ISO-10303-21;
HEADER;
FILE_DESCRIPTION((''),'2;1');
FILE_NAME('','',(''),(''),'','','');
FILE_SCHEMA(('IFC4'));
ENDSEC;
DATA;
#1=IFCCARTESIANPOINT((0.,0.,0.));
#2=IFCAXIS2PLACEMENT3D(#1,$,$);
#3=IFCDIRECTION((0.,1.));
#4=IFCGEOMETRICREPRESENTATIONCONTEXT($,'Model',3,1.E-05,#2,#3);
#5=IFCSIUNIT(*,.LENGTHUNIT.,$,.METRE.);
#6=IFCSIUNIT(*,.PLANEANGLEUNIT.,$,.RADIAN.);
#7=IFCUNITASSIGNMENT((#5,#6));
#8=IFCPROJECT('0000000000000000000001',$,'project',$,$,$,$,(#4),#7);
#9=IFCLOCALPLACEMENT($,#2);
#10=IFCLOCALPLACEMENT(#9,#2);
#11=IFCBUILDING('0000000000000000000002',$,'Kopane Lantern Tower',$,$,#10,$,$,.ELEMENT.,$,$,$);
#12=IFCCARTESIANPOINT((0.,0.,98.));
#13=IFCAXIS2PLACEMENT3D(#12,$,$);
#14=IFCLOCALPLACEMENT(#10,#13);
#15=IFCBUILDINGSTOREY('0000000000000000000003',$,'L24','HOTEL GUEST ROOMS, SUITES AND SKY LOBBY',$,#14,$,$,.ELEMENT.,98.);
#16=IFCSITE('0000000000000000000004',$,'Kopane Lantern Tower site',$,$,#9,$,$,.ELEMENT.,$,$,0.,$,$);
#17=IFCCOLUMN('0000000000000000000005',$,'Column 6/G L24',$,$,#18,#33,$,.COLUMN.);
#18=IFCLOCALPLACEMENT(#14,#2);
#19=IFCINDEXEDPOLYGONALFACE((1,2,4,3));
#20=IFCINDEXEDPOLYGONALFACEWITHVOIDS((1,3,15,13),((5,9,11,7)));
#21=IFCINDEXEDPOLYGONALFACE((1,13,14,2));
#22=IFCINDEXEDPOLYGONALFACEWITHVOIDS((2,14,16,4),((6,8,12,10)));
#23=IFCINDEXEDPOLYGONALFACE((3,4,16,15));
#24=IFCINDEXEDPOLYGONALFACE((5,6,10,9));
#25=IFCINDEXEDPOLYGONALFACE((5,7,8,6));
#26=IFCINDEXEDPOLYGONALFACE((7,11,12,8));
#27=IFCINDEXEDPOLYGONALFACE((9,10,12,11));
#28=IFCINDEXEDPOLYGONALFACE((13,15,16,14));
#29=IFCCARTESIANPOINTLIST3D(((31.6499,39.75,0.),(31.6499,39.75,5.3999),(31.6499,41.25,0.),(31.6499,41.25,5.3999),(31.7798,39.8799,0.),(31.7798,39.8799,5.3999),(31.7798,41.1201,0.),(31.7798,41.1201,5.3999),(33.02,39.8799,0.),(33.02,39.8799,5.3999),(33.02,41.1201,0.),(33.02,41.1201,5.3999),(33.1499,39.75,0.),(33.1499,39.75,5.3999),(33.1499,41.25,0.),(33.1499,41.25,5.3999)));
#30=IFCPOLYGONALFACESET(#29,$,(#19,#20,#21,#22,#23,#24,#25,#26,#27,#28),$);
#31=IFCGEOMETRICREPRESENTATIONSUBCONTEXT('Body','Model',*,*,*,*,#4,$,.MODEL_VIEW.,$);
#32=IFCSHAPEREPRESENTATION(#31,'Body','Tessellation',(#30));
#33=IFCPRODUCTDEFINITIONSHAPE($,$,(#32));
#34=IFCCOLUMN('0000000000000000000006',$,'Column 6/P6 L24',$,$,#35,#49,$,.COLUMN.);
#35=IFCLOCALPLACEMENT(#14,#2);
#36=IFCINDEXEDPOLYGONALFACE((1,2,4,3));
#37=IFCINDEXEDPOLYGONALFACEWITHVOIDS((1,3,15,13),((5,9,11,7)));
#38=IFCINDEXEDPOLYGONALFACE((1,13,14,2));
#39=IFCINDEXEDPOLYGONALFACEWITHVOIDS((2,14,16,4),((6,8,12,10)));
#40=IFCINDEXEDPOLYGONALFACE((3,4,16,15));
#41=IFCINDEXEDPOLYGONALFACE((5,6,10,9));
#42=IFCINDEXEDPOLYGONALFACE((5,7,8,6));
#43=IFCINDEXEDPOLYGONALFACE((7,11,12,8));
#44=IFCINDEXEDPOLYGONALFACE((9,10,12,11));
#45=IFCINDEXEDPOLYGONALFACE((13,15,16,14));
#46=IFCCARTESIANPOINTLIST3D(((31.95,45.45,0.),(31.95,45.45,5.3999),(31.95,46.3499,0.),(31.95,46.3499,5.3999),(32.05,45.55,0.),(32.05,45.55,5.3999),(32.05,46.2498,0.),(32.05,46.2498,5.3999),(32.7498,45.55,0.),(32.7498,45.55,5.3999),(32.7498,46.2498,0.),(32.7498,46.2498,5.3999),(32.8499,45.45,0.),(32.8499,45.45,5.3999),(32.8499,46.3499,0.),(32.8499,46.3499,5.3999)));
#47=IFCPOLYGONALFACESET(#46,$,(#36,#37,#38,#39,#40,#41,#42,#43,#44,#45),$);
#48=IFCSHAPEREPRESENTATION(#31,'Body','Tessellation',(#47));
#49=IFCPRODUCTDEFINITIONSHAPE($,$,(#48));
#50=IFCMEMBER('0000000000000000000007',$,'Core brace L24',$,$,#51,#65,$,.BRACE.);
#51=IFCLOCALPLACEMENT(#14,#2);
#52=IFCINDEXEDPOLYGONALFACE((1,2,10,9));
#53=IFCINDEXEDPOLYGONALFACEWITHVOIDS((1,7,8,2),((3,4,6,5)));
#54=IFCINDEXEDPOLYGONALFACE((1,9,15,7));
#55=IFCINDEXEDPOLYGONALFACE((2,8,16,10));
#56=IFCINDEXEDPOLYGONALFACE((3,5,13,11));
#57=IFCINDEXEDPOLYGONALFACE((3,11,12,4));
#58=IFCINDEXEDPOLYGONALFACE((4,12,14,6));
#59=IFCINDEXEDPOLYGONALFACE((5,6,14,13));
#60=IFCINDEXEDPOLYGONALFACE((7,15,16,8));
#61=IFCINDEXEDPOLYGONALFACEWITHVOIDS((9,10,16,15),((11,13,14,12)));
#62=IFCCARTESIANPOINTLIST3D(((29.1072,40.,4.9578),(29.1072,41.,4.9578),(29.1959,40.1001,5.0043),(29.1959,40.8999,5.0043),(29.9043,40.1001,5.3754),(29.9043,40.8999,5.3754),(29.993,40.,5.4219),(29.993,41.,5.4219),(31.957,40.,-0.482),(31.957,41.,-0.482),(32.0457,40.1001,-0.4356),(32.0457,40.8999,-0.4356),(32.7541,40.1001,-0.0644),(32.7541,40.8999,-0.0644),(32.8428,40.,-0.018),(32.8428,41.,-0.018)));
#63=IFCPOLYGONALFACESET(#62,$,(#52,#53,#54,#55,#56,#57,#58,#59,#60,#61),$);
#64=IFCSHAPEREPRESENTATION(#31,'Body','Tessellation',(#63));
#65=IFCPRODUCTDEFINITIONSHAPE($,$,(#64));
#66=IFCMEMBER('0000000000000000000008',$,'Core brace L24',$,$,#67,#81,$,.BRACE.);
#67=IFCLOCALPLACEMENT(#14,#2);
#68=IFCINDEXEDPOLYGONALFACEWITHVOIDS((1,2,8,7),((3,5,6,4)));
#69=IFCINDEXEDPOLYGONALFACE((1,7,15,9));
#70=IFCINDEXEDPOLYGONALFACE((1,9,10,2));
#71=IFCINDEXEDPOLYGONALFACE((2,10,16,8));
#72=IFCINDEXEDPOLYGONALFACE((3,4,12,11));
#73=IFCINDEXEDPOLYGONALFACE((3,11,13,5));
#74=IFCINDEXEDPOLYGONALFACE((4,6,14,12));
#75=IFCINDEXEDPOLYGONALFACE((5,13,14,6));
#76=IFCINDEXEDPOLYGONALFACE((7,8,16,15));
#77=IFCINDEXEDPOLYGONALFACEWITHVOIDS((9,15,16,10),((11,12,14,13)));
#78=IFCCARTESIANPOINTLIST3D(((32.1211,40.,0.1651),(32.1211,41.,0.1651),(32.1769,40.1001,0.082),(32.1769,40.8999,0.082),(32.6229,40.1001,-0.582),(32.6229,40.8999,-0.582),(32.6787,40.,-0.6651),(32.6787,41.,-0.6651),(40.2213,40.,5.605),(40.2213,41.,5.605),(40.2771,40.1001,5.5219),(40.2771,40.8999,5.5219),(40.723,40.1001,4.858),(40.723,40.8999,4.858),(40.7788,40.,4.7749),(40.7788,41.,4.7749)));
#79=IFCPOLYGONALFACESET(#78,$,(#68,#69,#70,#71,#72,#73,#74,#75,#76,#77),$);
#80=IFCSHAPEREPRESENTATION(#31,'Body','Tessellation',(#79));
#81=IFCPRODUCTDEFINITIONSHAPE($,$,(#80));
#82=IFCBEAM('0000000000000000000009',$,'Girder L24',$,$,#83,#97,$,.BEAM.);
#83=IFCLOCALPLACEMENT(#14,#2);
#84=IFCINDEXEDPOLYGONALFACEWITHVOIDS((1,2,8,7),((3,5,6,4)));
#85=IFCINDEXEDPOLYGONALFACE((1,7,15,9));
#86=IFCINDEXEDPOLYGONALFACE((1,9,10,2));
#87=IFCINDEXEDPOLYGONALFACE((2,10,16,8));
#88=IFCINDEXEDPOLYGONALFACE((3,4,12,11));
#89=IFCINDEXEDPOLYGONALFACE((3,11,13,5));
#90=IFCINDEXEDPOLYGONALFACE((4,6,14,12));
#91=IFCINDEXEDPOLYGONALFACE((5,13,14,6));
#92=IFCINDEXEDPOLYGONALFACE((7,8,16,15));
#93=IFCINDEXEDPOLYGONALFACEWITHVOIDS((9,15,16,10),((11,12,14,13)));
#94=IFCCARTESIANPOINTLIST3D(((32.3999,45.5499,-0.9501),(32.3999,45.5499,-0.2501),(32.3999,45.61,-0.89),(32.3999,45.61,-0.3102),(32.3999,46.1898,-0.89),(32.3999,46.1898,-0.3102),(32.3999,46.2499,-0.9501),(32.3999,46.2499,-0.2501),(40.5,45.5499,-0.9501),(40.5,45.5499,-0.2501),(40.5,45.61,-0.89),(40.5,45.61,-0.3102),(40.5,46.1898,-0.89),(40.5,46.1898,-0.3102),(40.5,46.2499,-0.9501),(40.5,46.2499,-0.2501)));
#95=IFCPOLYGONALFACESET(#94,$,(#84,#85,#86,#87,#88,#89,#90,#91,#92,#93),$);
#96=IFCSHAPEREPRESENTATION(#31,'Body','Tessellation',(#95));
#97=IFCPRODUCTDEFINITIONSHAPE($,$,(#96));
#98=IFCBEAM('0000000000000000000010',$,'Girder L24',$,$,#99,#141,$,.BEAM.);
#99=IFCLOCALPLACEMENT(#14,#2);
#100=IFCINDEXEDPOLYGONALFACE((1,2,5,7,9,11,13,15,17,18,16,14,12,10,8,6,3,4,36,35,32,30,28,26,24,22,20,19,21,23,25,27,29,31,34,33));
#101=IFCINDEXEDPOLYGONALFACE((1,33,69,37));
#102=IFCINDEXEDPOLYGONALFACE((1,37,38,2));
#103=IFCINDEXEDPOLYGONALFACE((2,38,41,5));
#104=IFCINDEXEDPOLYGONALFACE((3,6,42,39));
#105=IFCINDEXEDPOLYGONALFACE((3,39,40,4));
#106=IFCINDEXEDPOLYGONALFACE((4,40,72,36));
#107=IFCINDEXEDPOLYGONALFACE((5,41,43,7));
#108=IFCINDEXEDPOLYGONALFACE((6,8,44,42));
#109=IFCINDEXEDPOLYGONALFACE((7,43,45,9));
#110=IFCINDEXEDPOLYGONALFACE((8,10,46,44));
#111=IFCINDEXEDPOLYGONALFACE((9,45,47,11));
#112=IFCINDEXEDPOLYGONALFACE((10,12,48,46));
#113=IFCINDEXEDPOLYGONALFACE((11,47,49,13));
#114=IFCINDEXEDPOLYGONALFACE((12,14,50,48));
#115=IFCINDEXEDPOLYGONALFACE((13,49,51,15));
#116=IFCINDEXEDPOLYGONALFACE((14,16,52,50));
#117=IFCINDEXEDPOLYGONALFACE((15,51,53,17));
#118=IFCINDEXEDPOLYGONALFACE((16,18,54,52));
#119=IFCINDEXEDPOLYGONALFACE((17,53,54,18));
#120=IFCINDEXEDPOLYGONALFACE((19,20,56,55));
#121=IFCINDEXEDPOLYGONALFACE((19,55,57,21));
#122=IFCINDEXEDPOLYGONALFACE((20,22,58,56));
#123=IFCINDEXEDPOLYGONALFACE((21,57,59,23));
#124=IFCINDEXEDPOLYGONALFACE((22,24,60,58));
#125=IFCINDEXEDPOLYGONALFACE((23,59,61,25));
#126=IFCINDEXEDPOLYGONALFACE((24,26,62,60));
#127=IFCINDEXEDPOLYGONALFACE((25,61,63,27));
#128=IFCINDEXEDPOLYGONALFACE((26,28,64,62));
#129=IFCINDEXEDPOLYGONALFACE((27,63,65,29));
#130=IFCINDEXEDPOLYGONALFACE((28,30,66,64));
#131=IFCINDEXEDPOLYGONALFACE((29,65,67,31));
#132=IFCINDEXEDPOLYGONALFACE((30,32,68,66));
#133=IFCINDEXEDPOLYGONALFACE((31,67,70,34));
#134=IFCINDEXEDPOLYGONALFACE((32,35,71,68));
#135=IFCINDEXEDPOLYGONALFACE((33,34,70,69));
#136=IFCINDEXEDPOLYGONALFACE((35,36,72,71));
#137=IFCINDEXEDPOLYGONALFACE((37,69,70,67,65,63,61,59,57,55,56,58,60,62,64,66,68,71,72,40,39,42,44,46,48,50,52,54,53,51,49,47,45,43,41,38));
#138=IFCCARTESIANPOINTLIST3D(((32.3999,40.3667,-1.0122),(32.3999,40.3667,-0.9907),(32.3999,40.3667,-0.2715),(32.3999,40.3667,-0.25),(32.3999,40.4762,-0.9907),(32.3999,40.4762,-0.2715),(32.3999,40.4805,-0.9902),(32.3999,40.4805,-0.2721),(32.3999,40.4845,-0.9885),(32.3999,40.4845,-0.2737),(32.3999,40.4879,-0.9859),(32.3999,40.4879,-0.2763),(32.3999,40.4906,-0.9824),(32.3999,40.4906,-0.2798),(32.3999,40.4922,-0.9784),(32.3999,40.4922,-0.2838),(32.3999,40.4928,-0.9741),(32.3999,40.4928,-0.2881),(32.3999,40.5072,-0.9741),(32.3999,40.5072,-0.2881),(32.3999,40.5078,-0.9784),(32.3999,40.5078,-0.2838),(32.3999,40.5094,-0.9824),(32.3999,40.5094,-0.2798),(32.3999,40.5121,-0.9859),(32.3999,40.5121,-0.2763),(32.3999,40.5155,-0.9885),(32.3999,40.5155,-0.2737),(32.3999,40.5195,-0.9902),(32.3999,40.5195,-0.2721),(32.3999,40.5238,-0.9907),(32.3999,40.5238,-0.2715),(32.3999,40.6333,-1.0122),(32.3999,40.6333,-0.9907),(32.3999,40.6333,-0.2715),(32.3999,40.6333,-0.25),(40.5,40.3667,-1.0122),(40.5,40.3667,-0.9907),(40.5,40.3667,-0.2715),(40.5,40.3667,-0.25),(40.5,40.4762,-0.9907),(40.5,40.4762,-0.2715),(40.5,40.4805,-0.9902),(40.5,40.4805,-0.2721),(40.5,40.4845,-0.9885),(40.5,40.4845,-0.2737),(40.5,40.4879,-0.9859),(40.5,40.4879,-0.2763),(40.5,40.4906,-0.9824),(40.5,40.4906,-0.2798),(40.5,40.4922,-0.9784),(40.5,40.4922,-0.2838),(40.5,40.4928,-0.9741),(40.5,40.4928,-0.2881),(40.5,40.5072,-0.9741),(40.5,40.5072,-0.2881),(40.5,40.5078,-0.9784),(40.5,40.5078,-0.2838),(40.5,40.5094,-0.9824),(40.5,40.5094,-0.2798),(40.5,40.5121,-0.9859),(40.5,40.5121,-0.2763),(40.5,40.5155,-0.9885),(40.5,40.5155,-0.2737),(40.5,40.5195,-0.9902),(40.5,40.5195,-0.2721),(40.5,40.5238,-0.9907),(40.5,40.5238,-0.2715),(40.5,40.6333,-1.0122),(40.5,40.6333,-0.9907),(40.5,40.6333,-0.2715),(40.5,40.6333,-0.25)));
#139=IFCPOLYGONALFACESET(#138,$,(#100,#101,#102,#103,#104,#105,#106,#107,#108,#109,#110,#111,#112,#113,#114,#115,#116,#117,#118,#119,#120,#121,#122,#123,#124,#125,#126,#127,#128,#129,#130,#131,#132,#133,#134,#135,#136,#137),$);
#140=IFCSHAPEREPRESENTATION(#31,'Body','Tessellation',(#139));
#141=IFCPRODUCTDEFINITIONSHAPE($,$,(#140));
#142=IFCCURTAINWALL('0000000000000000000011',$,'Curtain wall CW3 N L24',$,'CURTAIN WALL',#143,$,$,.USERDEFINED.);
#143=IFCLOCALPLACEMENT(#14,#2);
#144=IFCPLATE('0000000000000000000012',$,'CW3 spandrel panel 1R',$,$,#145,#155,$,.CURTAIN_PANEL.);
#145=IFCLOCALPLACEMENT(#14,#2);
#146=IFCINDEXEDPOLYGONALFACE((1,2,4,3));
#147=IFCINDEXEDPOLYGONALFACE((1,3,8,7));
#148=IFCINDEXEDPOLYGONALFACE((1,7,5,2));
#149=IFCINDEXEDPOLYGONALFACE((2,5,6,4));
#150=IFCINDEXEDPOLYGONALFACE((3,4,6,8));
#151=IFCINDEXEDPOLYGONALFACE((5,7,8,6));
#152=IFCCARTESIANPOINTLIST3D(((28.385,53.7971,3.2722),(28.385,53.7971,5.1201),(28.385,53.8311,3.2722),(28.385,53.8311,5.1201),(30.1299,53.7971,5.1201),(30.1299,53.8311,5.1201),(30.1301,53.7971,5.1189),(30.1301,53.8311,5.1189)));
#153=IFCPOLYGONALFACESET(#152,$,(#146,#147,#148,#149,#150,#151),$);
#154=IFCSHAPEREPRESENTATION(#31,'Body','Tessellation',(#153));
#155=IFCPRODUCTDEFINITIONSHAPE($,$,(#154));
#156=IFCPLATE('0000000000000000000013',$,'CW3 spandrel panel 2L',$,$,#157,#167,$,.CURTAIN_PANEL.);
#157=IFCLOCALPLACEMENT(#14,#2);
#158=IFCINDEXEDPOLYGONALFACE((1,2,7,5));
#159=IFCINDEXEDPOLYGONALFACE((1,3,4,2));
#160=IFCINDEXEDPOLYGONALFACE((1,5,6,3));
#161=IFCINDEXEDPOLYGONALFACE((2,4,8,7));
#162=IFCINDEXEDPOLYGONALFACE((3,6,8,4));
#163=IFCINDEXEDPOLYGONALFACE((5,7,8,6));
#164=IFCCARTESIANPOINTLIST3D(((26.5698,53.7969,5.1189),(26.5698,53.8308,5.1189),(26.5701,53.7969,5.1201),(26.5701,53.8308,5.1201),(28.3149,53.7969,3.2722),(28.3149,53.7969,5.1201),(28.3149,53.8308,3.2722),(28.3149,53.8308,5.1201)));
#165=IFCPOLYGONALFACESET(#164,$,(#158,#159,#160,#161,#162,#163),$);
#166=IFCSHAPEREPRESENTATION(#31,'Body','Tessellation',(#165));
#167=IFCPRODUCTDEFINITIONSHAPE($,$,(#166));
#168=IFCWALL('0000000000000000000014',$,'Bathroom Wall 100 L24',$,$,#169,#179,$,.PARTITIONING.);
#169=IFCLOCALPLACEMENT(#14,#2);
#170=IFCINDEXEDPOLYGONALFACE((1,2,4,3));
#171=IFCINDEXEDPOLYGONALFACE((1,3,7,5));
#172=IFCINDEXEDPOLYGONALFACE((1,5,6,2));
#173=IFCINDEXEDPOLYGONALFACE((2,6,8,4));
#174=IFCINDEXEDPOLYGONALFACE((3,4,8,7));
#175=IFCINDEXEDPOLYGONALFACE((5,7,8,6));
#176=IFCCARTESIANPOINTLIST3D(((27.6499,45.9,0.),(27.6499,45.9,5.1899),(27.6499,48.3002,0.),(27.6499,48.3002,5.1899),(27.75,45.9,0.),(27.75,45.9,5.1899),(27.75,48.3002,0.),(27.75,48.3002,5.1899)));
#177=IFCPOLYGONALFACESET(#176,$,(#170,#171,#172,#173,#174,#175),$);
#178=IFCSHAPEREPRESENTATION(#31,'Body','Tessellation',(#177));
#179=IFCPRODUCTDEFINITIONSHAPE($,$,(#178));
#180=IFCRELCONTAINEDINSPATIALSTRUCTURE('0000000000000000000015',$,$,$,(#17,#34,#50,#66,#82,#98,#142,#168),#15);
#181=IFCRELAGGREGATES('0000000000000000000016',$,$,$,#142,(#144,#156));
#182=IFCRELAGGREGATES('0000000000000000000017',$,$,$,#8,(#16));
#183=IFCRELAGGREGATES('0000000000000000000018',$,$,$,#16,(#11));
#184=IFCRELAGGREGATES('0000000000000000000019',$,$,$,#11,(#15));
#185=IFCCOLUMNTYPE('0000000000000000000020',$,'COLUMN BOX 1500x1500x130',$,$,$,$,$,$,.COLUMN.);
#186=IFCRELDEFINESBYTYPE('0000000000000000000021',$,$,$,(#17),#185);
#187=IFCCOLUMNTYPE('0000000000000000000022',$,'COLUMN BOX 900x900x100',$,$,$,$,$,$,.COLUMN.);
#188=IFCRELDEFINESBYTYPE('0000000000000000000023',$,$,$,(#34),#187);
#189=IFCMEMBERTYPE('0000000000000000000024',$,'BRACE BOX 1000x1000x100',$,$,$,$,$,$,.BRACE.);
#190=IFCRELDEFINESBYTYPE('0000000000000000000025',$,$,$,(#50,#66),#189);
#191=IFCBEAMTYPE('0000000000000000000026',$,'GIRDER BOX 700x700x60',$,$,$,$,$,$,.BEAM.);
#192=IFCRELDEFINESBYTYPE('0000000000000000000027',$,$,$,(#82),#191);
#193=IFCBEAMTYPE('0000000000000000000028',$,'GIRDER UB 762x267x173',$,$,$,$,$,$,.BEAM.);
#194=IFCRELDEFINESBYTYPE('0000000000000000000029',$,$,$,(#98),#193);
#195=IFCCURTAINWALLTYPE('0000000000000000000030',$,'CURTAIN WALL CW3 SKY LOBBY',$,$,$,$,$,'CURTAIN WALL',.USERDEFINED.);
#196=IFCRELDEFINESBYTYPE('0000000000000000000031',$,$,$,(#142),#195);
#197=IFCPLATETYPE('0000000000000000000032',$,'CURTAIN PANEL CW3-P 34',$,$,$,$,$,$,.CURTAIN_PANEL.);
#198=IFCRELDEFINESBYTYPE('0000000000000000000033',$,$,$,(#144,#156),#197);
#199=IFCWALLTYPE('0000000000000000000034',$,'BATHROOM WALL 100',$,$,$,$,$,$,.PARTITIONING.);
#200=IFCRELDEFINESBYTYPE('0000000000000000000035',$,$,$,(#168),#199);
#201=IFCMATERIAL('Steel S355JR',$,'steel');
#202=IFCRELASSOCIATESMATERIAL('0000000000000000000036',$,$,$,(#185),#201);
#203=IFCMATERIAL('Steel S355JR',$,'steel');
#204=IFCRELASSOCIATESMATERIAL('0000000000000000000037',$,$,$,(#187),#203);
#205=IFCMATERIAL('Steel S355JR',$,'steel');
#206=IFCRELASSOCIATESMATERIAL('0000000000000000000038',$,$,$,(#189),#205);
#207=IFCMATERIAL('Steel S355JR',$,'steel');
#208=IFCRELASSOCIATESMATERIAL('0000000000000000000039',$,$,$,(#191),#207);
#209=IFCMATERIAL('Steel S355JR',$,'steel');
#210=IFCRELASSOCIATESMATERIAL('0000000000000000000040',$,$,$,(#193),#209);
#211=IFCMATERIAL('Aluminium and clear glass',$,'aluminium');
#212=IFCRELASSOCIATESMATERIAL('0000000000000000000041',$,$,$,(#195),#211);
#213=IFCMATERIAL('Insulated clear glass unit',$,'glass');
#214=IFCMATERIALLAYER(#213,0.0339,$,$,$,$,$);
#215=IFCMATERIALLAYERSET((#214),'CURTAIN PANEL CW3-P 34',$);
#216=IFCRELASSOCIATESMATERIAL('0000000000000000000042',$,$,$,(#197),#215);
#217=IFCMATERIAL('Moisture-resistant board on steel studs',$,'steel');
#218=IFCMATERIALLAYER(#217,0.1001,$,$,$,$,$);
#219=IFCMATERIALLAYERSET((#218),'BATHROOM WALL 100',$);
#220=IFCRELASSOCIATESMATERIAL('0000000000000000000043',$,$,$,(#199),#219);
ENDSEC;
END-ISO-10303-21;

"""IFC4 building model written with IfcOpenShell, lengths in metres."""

from ifc_helpers import new_model, si_unit, direction, frame, frame_2d, origin, origin_2d, place, context, subcontext, project, spatial, polyline, rectangle, hollow_rectangle, i_section, outline, extrude, material, layer, layer_set, material_profile, profile_set, type_object, element, aggregate, save


model = new_model("IFC4")

# Units and contexts
model_context = context("Model", 3, precision=1e-05, world=origin(), true_north=direction((0.0, 1.0)))
body_context = subcontext(model_context, "Body", "Model", "MODEL_VIEW")
ifc_project = project(units=[si_unit("LENGTHUNIT", "METRE"), si_unit("PLANEANGLEUNIT", "RADIAN")], contexts=[model_context])

# Site, building, storey
site_placement = place(None, origin())
site = spatial("IfcSite", under=ifc_project, at=site_placement, Name="Kopane Lantern Tower site", CompositionType="ELEMENT", RefElevation=0.0)
building_placement = place(site_placement, origin())
building = spatial("IfcBuilding", under=site, at=building_placement, Name="Kopane Lantern Tower", CompositionType="ELEMENT")
storey_placement = place(building_placement, frame((0.0, 0.0, 98.0)))
storey = spatial("IfcBuildingStorey", under=building, at=storey_placement, Name="L24", Description="HOTEL GUEST ROOMS, SUITES AND SKY LOBBY", CompositionType="ELEMENT", Elevation=98.0)

# Columns
ifc_material_1 = material(Name="Steel S355JR", Category="steel")
ifc_material_profile_1 = material_profile(ifc_material_1, hollow_rectangle(XDim=1.5, YDim=1.5, WallThickness=0.1299, at=origin_2d()), Name="BOX 1500x1500x130")
ifc_profile_set_1 = profile_set([ifc_material_profile_1], Name="Steel S355JR")
column_type_1 = type_object("IfcColumnType", Name="COLUMN BOX 1500x1500x130", PredefinedType="COLUMN", material=ifc_profile_set_1)
column_1_placement = place(storey_placement, frame((32.3999, 40.5, 0.0), z_axis=(0.0, 0.0, 1.0), x_axis=(1.0, 0.0, 0.0)))
element("IfcColumn", 1, at=column_1_placement, inside=storey, type_object=column_type_1, Name="Column 6/G L24", PredefinedType="COLUMN", context=body_context, shape_type="SweptSolid", body=[
    extrude(hollow_rectangle(XDim=1.5, YDim=1.5, WallThickness=0.1299, at=origin_2d()), origin(), (0.0, 0.0, 1.0), 5.3999),
])
ifc_material_2 = material(Name="Steel S355JR", Category="steel")
ifc_material_profile_2 = material_profile(ifc_material_2, hollow_rectangle(XDim=0.8999, YDim=0.8999, WallThickness=0.1001, at=origin_2d()), Name="BOX 900x900x100")
ifc_profile_set_2 = profile_set([ifc_material_profile_2], Name="Steel S355JR")
column_type_2 = type_object("IfcColumnType", Name="COLUMN BOX 900x900x100", PredefinedType="COLUMN", material=ifc_profile_set_2)
column_2_placement = place(storey_placement, frame((32.3999, 45.8999, 0.0), z_axis=(0.0, 0.0, 1.0), x_axis=(1.0, 0.0, 0.0)))
element("IfcColumn", 2, at=column_2_placement, inside=storey, type_object=column_type_2, Name="Column 6/P6 L24", PredefinedType="COLUMN", context=body_context, shape_type="SweptSolid", body=[
    extrude(hollow_rectangle(XDim=0.8999, YDim=0.8999, WallThickness=0.1001, at=origin_2d()), origin(), (0.0, 0.0, 1.0), 5.3999),
])

# Members
ifc_material_3 = material(Name="Steel S355JR", Category="steel")
ifc_material_profile_3 = material_profile(ifc_material_3, hollow_rectangle(XDim=1.0, YDim=1.0, WallThickness=0.1001, at=origin_2d()), Name="BOX 1000x1000x100")
ifc_profile_set_3 = profile_set([ifc_material_profile_3], Name="Steel S355JR")
member_type = type_object("IfcMemberType", Name="BRACE BOX 1000x1000x100", PredefinedType="BRACE", material=ifc_profile_set_3)
member_1_placement = place(storey_placement, frame((32.3999, 40.5, -0.25), z_axis=(-0.464053, 0.0, 0.885807), x_axis=(0.0, -1.0, 0.0)))
element("IfcMember", 3, at=member_1_placement, inside=storey, type_object=member_type, Name="Core brace L24", PredefinedType="BRACE", context=body_context, shape_type="SweptSolid", body=[
    extrude(hollow_rectangle(XDim=1.0, YDim=1.0, WallThickness=0.1001, at=origin_2d()), origin(), (0.0, 0.0, 1.0), 6.1411),
])
member_2_placement = place(storey_placement, frame((32.3999, 40.5, -0.25), z_axis=(0.830159, 0.0, 0.557526), x_axis=(0.0, 1.0, 0.0)))
element("IfcMember", 4, at=member_2_placement, inside=storey, type_object=member_type, Name="Core brace L24", PredefinedType="BRACE", context=body_context, shape_type="SweptSolid", body=[
    extrude(hollow_rectangle(XDim=1.0, YDim=1.0, WallThickness=0.1001, at=origin_2d()), origin(), (0.0, 0.0, 1.0), 9.7573),
])

# Beams
ifc_material_4 = material(Name="Steel S355JR", Category="steel")
ifc_material_profile_4 = material_profile(ifc_material_4, hollow_rectangle(XDim=0.7, YDim=0.7, WallThickness=0.0601, at=origin_2d()), Name="BOX 700x700x60")
ifc_profile_set_4 = profile_set([ifc_material_profile_4], Name="Steel S355JR")
beam_type_1 = type_object("IfcBeamType", Name="GIRDER BOX 700x700x60", PredefinedType="BEAM", material=ifc_profile_set_4)
beam_1_placement = place(storey_placement, frame((32.3999, 45.8999, -0.6001), z_axis=(1.0, 0.0, 0.0), x_axis=(0.0, 1.0, 0.0)))
element("IfcBeam", 5, at=beam_1_placement, inside=storey, type_object=beam_type_1, Name="Girder L24", PredefinedType="BEAM", context=body_context, shape_type="SweptSolid", body=[
    extrude(hollow_rectangle(XDim=0.7, YDim=0.7, WallThickness=0.0601, at=origin_2d()), origin(), (0.0, 0.0, 1.0), 8.1001),
])
ifc_material_5 = material(Name="Steel S355JR", Category="steel")
ifc_material_profile_5 = material_profile(ifc_material_5, i_section(OverallWidth=0.2666, OverallDepth=0.7622, WebThickness=0.0144, FlangeThickness=0.0215, FilletRadius=0.0166, at=origin_2d()), Name="UB 762x267x173")
ifc_profile_set_5 = profile_set([ifc_material_profile_5], Name="Steel S355JR")
beam_type_2 = type_object("IfcBeamType", Name="GIRDER UB 762x267x173", PredefinedType="BEAM", material=ifc_profile_set_5)
beam_2_placement = place(storey_placement, frame((32.3999, 40.5, -0.6311), z_axis=(1.0, 0.0, 0.0), x_axis=(0.0, 1.0, 0.0)))
element("IfcBeam", 6, at=beam_2_placement, inside=storey, type_object=beam_type_2, Name="Girder L24", PredefinedType="BEAM", context=body_context, shape_type="SweptSolid", body=[
    extrude(i_section(OverallWidth=0.2666, OverallDepth=0.7622, WebThickness=0.0144, FlangeThickness=0.0215, FilletRadius=0.0166, at=origin_2d()), origin(), (0.0, 0.0, 1.0), 8.1001),
])

# Curtain wall, plates
ifc_material_6 = material(Name="Aluminium and clear glass", Category="aluminium")
curtain_wall_type = type_object("IfcCurtainWallType", Name="CURTAIN WALL CW3 SKY LOBBY", ElementType="CURTAIN WALL", PredefinedType="USERDEFINED", material=ifc_material_6)
curtain_wall_placement = place(storey_placement, origin())
curtain_wall = element("IfcCurtainWall", 7, at=curtain_wall_placement, inside=storey, type_object=curtain_wall_type, Name="Curtain wall CW3 N L24", ObjectType="CURTAIN WALL", PredefinedType="USERDEFINED")
ifc_material_7 = material(Name="Insulated clear glass unit", Category="glass")
ifc_layer_1 = layer(ifc_material_7, 0.0339)
ifc_layer_set_1 = layer_set([ifc_layer_1], Name="CURTAIN PANEL CW3-P 34")
plate_type = type_object("IfcPlateType", Name="CURTAIN PANEL CW3-P 34", PredefinedType="CURTAIN_PANEL", material=ifc_layer_set_1)
plate_1_placement = place(storey_placement, frame((28.385, 53.814, 5.1201), z_axis=(0.0, 0.0, 1.0), x_axis=(1.0, 0.0, 0.0)))
plate_1 = element("IfcPlate", 8, at=plate_1_placement, type_object=plate_type, Name="CW3 spandrel panel 1R", PredefinedType="CURTAIN_PANEL", context=body_context, shape_type="SweptSolid", body=[
    extrude(outline(polyline([(0.0, 0.0), (1.7449, 0.0), (1.7451, -0.0012), (0.0, -1.8479), (0.0, 0.0)])), frame((0.0, 0.0171, 0.0), z_axis=(0.0, -1.0, 0.0), x_axis=(1.0, 0.0, 0.0)), (0.0, 0.0, 1.0), 0.0339),
])
plate_2_placement = place(storey_placement, frame((28.3149, 53.814, 5.1201), z_axis=(0.0, 0.0, 1.0), x_axis=(-1.0, 0.0, 0.0)))
plate_2 = element("IfcPlate", 9, at=plate_2_placement, type_object=plate_type, Name="CW3 spandrel panel 2L", PredefinedType="CURTAIN_PANEL", context=body_context, shape_type="SweptSolid", body=[
    extrude(outline(polyline([(0.0, 0.0), (1.7449, 0.0), (1.7451, -0.0012), (0.0, -1.8479), (0.0, 0.0)])), frame((0.0, 0.0171, 0.0), z_axis=(0.0, -1.0, 0.0), x_axis=(1.0, 0.0, 0.0)), (0.0, 0.0, 1.0), 0.0339),
])
aggregate(curtain_wall, [plate_1, plate_2])

# Wall
ifc_material_8 = material(Name="Moisture-resistant board on steel studs", Category="steel")
ifc_layer_2 = layer(ifc_material_8, 0.1001)
ifc_layer_set_2 = layer_set([ifc_layer_2], Name="BATHROOM WALL 100")
wall_type_1 = type_object("IfcWallType", Name="BATHROOM WALL 100", PredefinedType="PARTITIONING", material=ifc_layer_set_2)
for number, where, z_axis, x_axis, name in (
    (10, (27.7, 45.8999, 0.0), (0.0, 0.0, 1.0), (0.0, 1.0, 0.0), "Bathroom Wall 100 L24"),
):
    element("IfcWall", number, at=place(storey_placement, frame(where, z_axis=z_axis, x_axis=x_axis)), inside=storey, type_object=wall_type_1, Name=name, PredefinedType="PARTITIONING", context=body_context, shape_type="SweptSolid", body=[
        extrude(rectangle(XDim=2.4001, YDim=0.1001, at=frame_2d((1.2002, 0.0))), origin(), (0.0, 0.0, 1.0), 5.1899),
    ])

save(model, "model.ifc")
